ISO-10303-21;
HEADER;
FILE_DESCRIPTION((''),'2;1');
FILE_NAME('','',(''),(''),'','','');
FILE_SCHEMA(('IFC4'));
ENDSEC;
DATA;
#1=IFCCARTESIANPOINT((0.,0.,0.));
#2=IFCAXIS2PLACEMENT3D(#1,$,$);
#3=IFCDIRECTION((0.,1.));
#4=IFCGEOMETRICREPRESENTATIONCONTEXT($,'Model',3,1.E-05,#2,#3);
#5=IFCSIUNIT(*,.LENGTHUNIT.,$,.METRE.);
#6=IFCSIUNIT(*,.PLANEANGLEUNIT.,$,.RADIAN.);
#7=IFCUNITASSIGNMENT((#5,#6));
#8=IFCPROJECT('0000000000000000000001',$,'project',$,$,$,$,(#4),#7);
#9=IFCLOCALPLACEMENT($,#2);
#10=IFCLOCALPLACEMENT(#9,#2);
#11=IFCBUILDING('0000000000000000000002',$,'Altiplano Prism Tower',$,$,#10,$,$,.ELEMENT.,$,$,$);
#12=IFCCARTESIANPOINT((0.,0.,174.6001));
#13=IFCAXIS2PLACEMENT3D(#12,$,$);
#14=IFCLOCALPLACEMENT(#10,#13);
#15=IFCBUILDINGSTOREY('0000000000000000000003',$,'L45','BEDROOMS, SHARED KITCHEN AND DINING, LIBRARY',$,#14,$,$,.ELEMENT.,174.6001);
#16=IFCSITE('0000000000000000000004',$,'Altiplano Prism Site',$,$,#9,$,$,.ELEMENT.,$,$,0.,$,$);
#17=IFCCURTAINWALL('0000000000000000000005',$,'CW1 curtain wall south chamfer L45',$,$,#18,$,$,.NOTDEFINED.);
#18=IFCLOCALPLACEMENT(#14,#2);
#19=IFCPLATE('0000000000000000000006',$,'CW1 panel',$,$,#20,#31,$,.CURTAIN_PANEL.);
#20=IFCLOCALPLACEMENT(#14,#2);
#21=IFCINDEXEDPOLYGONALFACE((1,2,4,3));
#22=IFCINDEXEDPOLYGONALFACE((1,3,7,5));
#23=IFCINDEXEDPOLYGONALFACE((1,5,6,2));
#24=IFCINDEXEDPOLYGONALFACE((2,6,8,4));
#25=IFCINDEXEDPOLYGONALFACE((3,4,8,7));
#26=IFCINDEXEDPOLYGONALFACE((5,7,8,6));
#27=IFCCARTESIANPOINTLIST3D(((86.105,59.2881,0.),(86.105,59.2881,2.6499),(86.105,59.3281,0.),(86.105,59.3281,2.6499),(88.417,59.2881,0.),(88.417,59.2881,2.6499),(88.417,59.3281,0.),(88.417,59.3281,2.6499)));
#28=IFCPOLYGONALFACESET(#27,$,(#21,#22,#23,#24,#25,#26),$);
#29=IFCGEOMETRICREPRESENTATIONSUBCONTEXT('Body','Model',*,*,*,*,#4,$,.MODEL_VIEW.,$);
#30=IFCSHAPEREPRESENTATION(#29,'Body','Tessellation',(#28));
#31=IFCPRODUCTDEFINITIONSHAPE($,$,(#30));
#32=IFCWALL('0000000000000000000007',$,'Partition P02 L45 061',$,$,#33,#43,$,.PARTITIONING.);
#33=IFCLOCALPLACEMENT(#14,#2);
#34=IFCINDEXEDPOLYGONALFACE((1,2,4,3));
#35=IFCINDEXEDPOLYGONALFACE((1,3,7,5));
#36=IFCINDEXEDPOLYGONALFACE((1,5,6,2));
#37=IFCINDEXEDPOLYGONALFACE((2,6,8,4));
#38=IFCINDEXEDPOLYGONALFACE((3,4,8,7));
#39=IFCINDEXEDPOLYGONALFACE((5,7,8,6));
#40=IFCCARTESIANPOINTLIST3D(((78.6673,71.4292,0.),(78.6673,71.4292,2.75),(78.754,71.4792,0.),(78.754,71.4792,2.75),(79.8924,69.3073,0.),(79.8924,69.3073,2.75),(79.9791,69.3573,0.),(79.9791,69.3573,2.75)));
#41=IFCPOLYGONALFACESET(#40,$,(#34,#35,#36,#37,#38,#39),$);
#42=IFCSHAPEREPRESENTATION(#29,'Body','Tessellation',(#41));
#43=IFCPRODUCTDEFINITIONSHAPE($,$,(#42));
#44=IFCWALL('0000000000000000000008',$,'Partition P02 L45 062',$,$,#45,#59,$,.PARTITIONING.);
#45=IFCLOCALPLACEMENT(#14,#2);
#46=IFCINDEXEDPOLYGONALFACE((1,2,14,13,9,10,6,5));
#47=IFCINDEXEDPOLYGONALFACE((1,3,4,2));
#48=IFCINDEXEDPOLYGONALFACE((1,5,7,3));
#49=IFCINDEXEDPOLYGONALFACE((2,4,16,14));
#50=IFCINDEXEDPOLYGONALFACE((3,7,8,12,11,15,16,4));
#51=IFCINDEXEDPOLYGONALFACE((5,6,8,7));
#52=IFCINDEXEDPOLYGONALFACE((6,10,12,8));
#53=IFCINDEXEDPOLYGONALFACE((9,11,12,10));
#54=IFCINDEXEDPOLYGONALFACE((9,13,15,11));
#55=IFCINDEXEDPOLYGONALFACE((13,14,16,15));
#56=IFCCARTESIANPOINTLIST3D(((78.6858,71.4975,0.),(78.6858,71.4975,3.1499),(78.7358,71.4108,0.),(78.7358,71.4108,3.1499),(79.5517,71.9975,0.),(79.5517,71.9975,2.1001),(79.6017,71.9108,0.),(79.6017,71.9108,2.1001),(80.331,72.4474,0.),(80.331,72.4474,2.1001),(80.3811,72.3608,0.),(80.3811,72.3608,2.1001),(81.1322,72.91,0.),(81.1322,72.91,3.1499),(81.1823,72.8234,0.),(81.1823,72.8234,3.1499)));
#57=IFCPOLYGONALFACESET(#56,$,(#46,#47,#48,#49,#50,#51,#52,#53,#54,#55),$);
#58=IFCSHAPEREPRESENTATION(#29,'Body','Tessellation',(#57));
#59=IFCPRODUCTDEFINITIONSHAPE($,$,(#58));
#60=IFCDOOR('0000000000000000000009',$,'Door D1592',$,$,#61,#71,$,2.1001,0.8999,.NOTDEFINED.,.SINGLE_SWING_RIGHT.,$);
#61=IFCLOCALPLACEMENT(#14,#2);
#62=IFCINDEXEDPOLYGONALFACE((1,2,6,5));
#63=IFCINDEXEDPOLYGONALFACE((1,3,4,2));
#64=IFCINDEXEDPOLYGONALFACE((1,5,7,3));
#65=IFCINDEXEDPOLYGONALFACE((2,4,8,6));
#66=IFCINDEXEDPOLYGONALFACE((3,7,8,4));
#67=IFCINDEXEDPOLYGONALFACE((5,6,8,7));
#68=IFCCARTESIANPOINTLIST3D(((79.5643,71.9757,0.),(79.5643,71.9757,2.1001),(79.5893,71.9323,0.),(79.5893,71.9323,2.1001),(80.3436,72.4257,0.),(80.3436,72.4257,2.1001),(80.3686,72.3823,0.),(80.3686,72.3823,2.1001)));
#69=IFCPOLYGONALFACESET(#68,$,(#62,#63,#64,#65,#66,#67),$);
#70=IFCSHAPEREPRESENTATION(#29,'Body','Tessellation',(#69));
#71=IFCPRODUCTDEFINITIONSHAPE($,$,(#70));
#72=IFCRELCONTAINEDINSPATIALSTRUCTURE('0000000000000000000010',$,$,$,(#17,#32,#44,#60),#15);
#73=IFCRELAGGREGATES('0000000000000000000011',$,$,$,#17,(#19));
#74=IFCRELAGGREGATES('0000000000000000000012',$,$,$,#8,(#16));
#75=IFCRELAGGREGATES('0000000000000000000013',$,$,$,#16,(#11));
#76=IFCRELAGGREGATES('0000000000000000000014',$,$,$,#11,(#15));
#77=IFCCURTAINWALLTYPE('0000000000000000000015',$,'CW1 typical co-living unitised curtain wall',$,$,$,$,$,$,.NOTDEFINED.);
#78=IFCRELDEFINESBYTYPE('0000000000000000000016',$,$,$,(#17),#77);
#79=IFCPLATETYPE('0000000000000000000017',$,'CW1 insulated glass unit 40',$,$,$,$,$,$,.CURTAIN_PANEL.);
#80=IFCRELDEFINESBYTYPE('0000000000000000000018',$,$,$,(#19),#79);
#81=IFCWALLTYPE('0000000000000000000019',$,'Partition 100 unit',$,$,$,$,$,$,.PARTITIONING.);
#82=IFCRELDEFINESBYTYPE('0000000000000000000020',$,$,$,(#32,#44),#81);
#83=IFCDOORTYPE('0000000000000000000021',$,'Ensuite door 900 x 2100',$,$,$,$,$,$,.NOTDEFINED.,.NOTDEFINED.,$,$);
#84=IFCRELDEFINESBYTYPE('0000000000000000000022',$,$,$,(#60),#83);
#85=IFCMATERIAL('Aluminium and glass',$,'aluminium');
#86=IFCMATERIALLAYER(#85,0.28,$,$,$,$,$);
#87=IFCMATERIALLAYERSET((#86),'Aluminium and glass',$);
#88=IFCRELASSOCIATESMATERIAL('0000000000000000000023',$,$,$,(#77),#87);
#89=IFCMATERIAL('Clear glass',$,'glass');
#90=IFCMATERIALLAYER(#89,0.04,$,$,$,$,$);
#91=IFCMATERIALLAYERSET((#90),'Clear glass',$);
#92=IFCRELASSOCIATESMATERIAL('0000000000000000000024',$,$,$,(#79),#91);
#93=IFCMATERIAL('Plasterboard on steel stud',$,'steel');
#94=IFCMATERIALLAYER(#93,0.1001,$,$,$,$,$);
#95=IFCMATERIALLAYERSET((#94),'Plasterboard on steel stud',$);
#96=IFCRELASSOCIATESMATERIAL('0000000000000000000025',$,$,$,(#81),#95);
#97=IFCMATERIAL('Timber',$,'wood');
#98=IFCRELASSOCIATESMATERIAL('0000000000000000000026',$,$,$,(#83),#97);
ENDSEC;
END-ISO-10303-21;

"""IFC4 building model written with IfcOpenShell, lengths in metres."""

from ifc_helpers import new_model, si_unit, direction, frame, frame_2d, origin, origin_2d, place, context, subcontext, project, spatial, rectangle, extrude, material, layer, layer_set, type_object, element, fill, aggregate, save


model = new_model("IFC4")

# Units and contexts
model_context = context("Model", 3, precision=1e-05, world=origin(), true_north=direction((0.0, 1.0)))
body_context = subcontext(model_context, "Body", "Model", "MODEL_VIEW")
ifc_project = project(units=[si_unit("LENGTHUNIT", "METRE"), si_unit("PLANEANGLEUNIT", "RADIAN")], contexts=[model_context])

# Site, building, storey
site_placement = place(None, origin())
site = spatial("IfcSite", under=ifc_project, at=site_placement, Name="Altiplano Prism Site", CompositionType="ELEMENT", RefElevation=0.0)
building_placement = place(site_placement, origin())
building = spatial("IfcBuilding", under=site, at=building_placement, Name="Altiplano Prism Tower", CompositionType="ELEMENT")
storey_placement = place(building_placement, frame((0.0, 0.0, 174.6001)))
storey = spatial("IfcBuildingStorey", under=building, at=storey_placement, Name="L45", Description="BEDROOMS, SHARED KITCHEN AND DINING, LIBRARY", CompositionType="ELEMENT", Elevation=174.6001)

# Shared definitions
ifc_material_1 = material(Name="Aluminium and glass", Category="aluminium")
ifc_layer_1 = layer(ifc_material_1, 0.28)
ifc_layer_set_1 = layer_set([ifc_layer_1], Name="Aluminium and glass")
curtain_wall_type = type_object("IfcCurtainWallType", Name="CW1 typical co-living unitised curtain wall", PredefinedType="NOTDEFINED", material=ifc_layer_set_1)

# Curtain wall
curtain_wall_1_placement = place(storey_placement, origin())
curtain_wall_1 = element("IfcCurtainWall", 1, at=curtain_wall_1_placement, inside=storey, type_object=curtain_wall_type, Name="CW1 curtain wall south chamfer L45", PredefinedType="NOTDEFINED")

# Plate
ifc_material_2 = material(Name="Clear glass", Category="glass")
ifc_layer_2 = layer(ifc_material_2, 0.04)
ifc_layer_set_2 = layer_set([ifc_layer_2], Name="Clear glass")
plate_type = type_object("IfcPlateType", Name="CW1 insulated glass unit 40", PredefinedType="CURTAIN_PANEL", material=ifc_layer_set_2)
plate_1_placement = place(storey_placement, frame((87.261, 59.3081, 0.0), z_axis=(0.0, 0.0, 1.0), x_axis=(1.0, 0.0, 0.0)))
plate_1 = element("IfcPlate", 2, at=plate_1_placement, type_object=plate_type, Name="CW1 panel", PredefinedType="CURTAIN_PANEL", context=body_context, shape_type="SweptSolid", body=[
    extrude(rectangle(XDim=2.312, YDim=0.04, at=origin_2d()), origin(), (0.0, 0.0, 1.0), 2.6499),
])
aggregate(curtain_wall_1, [plate_1])

# Wall
ifc_material_3 = material(Name="Plasterboard on steel stud", Category="steel")
ifc_layer_3 = layer(ifc_material_3, 0.1001)
ifc_layer_set_3 = layer_set([ifc_layer_3], Name="Plasterboard on steel stud")
wall_type_1 = type_object("IfcWallType", Name="Partition 100 unit", PredefinedType="PARTITIONING", material=ifc_layer_set_3)
wall_1_placement = place(storey_placement, frame((79.9358, 69.3323, 0.0), z_axis=(0.0, 0.0, 1.0), x_axis=(-0.500019, 0.866015, 0.0)))
element("IfcWall", 3, at=wall_1_placement, inside=storey, type_object=wall_type_1, Name="Partition P02 L45 061", PredefinedType="PARTITIONING", context=body_context, shape_type="SweptSolid", body=[
    extrude(rectangle(XDim=2.4502, YDim=0.1001, at=frame_2d((1.2251, 0.0))), origin(), (0.0, 0.0, 1.0), 2.75),
])

# Wall, opening, door
wall_2_placement = place(storey_placement, frame((78.7107, 71.4541, 0.0), z_axis=(0.0, 0.0, 1.0), x_axis=(0.866011, 0.500024, 0.0)))
wall_2 = element("IfcWall", 4, at=wall_2_placement, inside=storey, type_object=wall_type_1, Name="Partition P02 L45 062", PredefinedType="PARTITIONING", context=body_context, shape_type="SweptSolid", body=[
    extrude(rectangle(XDim=2.825, YDim=0.1001, at=frame_2d((1.4126, 0.0))), origin(), (0.0, 0.0, 1.0), 3.1499),
])
opening_1_placement = place(wall_2_placement, frame((1.0, 0.0, 0.0)))
opening_1 = element("IfcOpeningElement", 5, at=opening_1_placement, cuts=wall_2, PredefinedType="OPENING", context=body_context, shape_type="SweptSolid", body=[
    extrude(rectangle(XDim=0.8999, YDim=2.1001, at=frame_2d((0.45, 1.05))), frame((0.0, 0.0605, 0.0), z_axis=(0.0, -1.0, 0.0), x_axis=(1.0, 0.0, 0.0)), (0.0, 0.0, 1.0), 0.1211),
])
ifc_material_4 = material(Name="Timber", Category="wood")
door_type_1 = type_object("IfcDoorType", Name="Ensuite door 900 x 2100", OperationType="NOTDEFINED", PredefinedType="NOTDEFINED", material=ifc_material_4)
door_1_placement = place(opening_1_placement, origin())
door_1 = element("IfcDoor", 6, at=door_1_placement, inside=storey, type_object=door_type_1, Name="Door D1592", OperationType="SINGLE_SWING_RIGHT", OverallHeight=2.1001, OverallWidth=0.8999, PredefinedType="NOTDEFINED", context=body_context, shape_type="SweptSolid", body=[
    extrude(rectangle(XDim=0.8999, YDim=2.1001, at=frame_2d((0.45, 1.05))), frame((0.0, 0.0249, 0.0), z_axis=(0.0, -1.0, 0.0), x_axis=(1.0, 0.0, 0.0)), (0.0, 0.0, 1.0), 0.05),
])
fill(opening_1, door_1)

save(model, "model.ifc")
